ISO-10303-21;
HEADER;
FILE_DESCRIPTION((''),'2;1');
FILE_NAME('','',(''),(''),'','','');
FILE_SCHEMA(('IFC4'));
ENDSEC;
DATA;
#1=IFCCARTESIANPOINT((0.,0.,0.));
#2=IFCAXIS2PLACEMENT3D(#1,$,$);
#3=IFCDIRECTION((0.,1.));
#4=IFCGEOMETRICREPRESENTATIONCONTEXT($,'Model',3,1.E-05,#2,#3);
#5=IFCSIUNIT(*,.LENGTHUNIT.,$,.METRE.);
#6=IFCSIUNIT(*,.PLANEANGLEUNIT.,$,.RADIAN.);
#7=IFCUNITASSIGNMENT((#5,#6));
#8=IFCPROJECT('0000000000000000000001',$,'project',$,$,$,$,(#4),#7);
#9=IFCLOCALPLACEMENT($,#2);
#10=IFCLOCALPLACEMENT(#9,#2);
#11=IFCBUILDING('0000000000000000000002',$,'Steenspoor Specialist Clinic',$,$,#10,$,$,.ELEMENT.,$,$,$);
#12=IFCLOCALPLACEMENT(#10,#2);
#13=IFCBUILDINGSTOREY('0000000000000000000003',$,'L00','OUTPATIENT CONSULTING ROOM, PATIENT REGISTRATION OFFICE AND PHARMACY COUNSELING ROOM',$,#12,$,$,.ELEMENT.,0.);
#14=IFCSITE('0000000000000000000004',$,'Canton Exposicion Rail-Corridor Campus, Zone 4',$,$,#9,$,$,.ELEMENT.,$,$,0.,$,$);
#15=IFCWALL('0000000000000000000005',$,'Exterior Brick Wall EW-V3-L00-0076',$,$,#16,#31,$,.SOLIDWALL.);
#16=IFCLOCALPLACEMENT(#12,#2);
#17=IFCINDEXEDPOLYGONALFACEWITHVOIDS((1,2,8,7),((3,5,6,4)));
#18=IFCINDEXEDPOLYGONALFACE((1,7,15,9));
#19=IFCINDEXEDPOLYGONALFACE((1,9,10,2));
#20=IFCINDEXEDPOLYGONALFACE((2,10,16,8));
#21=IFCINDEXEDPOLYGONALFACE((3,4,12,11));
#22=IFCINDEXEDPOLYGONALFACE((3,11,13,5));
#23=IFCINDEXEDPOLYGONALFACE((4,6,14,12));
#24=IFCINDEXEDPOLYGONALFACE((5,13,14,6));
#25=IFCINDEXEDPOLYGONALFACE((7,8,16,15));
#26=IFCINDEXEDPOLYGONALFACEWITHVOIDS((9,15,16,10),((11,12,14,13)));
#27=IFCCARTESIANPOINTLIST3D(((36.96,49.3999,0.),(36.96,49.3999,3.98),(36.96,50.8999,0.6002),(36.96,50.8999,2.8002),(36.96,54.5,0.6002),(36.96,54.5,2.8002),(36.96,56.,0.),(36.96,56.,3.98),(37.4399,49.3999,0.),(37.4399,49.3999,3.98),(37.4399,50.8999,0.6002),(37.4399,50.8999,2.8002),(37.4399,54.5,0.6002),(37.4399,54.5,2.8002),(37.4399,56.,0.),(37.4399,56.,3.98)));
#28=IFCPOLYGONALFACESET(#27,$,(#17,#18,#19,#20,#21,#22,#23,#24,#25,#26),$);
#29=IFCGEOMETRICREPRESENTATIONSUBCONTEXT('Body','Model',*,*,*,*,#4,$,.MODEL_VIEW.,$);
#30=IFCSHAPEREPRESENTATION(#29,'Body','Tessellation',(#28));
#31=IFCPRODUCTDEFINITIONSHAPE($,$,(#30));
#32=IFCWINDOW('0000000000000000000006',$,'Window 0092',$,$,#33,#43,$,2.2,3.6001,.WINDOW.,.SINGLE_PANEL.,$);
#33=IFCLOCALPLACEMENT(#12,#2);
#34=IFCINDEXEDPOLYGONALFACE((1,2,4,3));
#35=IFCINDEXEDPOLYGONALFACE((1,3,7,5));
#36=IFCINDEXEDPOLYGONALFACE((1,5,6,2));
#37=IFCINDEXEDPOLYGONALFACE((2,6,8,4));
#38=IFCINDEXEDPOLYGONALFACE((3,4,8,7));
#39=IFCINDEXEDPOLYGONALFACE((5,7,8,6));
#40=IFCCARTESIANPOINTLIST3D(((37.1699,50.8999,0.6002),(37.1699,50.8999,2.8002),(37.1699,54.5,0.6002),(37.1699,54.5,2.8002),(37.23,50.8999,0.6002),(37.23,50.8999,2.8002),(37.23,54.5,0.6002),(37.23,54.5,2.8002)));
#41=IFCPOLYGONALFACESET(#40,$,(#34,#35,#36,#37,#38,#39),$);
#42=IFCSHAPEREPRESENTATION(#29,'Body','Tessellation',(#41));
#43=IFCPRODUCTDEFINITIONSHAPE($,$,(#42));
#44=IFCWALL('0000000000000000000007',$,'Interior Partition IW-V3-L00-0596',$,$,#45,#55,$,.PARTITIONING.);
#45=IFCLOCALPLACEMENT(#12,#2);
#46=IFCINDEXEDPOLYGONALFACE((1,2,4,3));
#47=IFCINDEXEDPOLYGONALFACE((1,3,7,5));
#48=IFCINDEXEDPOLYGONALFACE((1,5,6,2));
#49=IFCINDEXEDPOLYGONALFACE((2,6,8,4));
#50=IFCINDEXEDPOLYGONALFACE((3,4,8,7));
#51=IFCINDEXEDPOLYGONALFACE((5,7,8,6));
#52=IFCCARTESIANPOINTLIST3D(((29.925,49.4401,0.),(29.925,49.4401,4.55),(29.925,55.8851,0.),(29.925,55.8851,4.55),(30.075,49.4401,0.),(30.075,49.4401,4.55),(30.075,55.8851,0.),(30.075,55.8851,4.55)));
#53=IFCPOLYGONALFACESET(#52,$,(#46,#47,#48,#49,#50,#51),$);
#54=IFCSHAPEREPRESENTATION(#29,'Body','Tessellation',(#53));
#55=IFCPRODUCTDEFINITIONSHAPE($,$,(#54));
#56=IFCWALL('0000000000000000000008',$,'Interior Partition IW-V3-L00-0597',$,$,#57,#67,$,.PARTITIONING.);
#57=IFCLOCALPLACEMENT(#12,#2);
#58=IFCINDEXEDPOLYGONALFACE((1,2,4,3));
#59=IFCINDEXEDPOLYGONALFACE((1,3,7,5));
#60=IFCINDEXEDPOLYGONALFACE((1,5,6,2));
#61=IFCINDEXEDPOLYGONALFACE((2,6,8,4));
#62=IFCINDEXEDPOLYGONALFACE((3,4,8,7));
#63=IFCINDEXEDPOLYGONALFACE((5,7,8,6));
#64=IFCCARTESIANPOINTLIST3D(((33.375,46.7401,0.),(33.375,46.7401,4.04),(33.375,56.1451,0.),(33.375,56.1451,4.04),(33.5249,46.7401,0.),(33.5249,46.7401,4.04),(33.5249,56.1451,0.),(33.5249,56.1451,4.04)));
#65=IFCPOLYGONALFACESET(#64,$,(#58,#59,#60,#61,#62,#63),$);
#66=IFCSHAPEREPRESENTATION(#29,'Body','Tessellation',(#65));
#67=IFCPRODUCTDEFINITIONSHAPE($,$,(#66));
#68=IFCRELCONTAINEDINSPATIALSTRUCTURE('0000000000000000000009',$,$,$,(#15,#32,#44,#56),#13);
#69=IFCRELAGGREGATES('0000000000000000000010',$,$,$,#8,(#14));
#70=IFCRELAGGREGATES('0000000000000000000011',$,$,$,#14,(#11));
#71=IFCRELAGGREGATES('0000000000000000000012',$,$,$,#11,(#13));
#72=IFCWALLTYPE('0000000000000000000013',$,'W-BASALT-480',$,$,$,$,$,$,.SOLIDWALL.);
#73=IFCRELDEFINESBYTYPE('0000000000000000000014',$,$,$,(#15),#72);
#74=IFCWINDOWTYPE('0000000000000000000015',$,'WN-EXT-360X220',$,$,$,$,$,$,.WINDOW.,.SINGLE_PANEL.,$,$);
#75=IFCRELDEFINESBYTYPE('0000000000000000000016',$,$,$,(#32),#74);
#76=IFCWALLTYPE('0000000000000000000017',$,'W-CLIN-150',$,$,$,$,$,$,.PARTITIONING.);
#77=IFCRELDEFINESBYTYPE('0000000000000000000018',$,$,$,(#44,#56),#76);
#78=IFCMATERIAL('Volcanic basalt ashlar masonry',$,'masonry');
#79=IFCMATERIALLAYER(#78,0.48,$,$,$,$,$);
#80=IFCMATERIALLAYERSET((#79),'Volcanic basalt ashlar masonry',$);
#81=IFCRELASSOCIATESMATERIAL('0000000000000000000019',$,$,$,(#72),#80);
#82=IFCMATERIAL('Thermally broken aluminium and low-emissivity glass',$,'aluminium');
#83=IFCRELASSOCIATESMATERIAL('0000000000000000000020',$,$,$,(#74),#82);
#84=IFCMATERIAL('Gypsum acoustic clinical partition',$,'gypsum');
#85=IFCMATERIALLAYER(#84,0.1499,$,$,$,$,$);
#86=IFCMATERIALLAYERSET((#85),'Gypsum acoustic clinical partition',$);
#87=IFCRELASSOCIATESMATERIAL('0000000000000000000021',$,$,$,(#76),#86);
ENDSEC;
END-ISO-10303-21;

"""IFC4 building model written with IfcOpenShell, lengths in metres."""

from ifc_helpers import new_model, si_unit, direction, frame, frame_2d, origin, place, context, subcontext, project, spatial, rectangle, extrude, material, layer, layer_set, type_object, element, fill, save


model = new_model("IFC4")

# Units and contexts
model_context = context("Model", 3, precision=1e-05, world=origin(), true_north=direction((0.0, 1.0)))
body_context = subcontext(model_context, "Body", "Model", "MODEL_VIEW")
ifc_project = project(units=[si_unit("LENGTHUNIT", "METRE"), si_unit("PLANEANGLEUNIT", "RADIAN")], contexts=[model_context])

# Site, building, storey
site_placement = place(None, origin())
site = spatial("IfcSite", under=ifc_project, at=site_placement, Name="Canton Exposicion Rail-Corridor Campus, Zone 4", CompositionType="ELEMENT", RefElevation=0.0)
building_placement = place(site_placement, origin())
building = spatial("IfcBuilding", under=site, at=building_placement, Name="Steenspoor Specialist Clinic", CompositionType="ELEMENT")
storey_placement = place(building_placement, origin())
storey = spatial("IfcBuildingStorey", under=building, at=storey_placement, Name="L00", Description="OUTPATIENT CONSULTING ROOM, PATIENT REGISTRATION OFFICE AND PHARMACY COUNSELING ROOM", CompositionType="ELEMENT", Elevation=0.0)

# Shared definitions
ifc_material_1 = material(Name="Thermally broken aluminium and low-emissivity glass", Category="aluminium")

# Wall, opening, window
ifc_material_2 = material(Name="Volcanic basalt ashlar masonry", Category="masonry")
ifc_layer_1 = layer(ifc_material_2, 0.48)
ifc_layer_set_1 = layer_set([ifc_layer_1], Name="Volcanic basalt ashlar masonry")
wall_type_1 = type_object("IfcWallType", Name="W-BASALT-480", PredefinedType="SOLIDWALL", material=ifc_layer_set_1)
wall_1_placement = place(storey_placement, frame((37.2, 56.0, 0.0), z_axis=(0.0, 0.0, 1.0), x_axis=(0.0, -1.0, 0.0)))
wall_1 = element("IfcWall", 1, at=wall_1_placement, inside=storey, type_object=wall_type_1, Name="Exterior Brick Wall EW-V3-L00-0076", PredefinedType="SOLIDWALL", context=body_context, shape_type="SweptSolid", body=[
    extrude(rectangle(XDim=6.6001, YDim=0.48, at=frame_2d((3.3, 0.0))), origin(), (0.0, 0.0, 1.0), 3.98),
])
opening_placement = place(wall_1_placement, frame((1.5, 0.0, 0.6001)))
opening = element("IfcOpeningElement", 2, at=opening_placement, cuts=wall_1, PredefinedType="OPENING", context=body_context, shape_type="SweptSolid", body=[
    extrude(rectangle(XDim=3.6001, YDim=2.2, at=frame_2d((1.8, 1.1001))), frame((0.0, 0.25, 0.0), z_axis=(0.0, -1.0, 0.0), x_axis=(1.0, 0.0, 0.0)), (0.0, 0.0, 1.0), 0.5),
])
window_type = type_object("IfcWindowType", Name="WN-EXT-360X220", PartitioningType="SINGLE_PANEL", PredefinedType="WINDOW", material=ifc_material_1)
window_placement = place(opening_placement, origin())
window = element("IfcWindow", 3, at=window_placement, inside=storey, type_object=window_type, Name="Window 0092", OverallHeight=2.2, OverallWidth=3.6001, PartitioningType="SINGLE_PANEL", PredefinedType="WINDOW", context=body_context, shape_type="SweptSolid", body=[
    extrude(rectangle(XDim=3.6001, YDim=2.2, at=frame_2d((1.8, 1.1001))), frame((0.0, 0.03, 0.0), z_axis=(0.0, -1.0, 0.0), x_axis=(1.0, 0.0, 0.0)), (0.0, 0.0, 1.0), 0.0601),
])
fill(opening, window)

# Walls
ifc_material_3 = material(Name="Gypsum acoustic clinical partition", Category="gypsum")
ifc_layer_2 = layer(ifc_material_3, 0.1499)
ifc_layer_set_2 = layer_set([ifc_layer_2], Name="Gypsum acoustic clinical partition")
wall_type_2 = type_object("IfcWallType", Name="W-CLIN-150", PredefinedType="PARTITIONING", material=ifc_layer_set_2)
wall_2_placement = place(storey_placement, frame((30.0, 49.4399, 0.0), z_axis=(0.0, 0.0, 1.0), x_axis=(0.0, 1.0, 0.0)))
element("IfcWall", 4, at=wall_2_placement, inside=storey, type_object=wall_type_2, Name="Interior Partition IW-V3-L00-0596", PredefinedType="PARTITIONING", context=body_context, shape_type="SweptSolid", body=[
    extrude(rectangle(XDim=6.4451, YDim=0.1499, at=frame_2d((3.2227, 0.0))), origin(), (0.0, 0.0, 1.0), 4.55),
])
wall_3_placement = place(storey_placement, frame((33.45, 46.74, 0.0), z_axis=(0.0, 0.0, 1.0), x_axis=(0.0, 1.0, 0.0)))
element("IfcWall", 5, at=wall_3_placement, inside=storey, type_object=wall_type_2, Name="Interior Partition IW-V3-L00-0597", PredefinedType="PARTITIONING", context=body_context, shape_type="SweptSolid", body=[
    extrude(rectangle(XDim=9.405, YDim=0.1499, at=frame_2d((4.7026, 0.0))), origin(), (0.0, 0.0, 1.0), 4.04),
])

save(model, "model.ifc")
